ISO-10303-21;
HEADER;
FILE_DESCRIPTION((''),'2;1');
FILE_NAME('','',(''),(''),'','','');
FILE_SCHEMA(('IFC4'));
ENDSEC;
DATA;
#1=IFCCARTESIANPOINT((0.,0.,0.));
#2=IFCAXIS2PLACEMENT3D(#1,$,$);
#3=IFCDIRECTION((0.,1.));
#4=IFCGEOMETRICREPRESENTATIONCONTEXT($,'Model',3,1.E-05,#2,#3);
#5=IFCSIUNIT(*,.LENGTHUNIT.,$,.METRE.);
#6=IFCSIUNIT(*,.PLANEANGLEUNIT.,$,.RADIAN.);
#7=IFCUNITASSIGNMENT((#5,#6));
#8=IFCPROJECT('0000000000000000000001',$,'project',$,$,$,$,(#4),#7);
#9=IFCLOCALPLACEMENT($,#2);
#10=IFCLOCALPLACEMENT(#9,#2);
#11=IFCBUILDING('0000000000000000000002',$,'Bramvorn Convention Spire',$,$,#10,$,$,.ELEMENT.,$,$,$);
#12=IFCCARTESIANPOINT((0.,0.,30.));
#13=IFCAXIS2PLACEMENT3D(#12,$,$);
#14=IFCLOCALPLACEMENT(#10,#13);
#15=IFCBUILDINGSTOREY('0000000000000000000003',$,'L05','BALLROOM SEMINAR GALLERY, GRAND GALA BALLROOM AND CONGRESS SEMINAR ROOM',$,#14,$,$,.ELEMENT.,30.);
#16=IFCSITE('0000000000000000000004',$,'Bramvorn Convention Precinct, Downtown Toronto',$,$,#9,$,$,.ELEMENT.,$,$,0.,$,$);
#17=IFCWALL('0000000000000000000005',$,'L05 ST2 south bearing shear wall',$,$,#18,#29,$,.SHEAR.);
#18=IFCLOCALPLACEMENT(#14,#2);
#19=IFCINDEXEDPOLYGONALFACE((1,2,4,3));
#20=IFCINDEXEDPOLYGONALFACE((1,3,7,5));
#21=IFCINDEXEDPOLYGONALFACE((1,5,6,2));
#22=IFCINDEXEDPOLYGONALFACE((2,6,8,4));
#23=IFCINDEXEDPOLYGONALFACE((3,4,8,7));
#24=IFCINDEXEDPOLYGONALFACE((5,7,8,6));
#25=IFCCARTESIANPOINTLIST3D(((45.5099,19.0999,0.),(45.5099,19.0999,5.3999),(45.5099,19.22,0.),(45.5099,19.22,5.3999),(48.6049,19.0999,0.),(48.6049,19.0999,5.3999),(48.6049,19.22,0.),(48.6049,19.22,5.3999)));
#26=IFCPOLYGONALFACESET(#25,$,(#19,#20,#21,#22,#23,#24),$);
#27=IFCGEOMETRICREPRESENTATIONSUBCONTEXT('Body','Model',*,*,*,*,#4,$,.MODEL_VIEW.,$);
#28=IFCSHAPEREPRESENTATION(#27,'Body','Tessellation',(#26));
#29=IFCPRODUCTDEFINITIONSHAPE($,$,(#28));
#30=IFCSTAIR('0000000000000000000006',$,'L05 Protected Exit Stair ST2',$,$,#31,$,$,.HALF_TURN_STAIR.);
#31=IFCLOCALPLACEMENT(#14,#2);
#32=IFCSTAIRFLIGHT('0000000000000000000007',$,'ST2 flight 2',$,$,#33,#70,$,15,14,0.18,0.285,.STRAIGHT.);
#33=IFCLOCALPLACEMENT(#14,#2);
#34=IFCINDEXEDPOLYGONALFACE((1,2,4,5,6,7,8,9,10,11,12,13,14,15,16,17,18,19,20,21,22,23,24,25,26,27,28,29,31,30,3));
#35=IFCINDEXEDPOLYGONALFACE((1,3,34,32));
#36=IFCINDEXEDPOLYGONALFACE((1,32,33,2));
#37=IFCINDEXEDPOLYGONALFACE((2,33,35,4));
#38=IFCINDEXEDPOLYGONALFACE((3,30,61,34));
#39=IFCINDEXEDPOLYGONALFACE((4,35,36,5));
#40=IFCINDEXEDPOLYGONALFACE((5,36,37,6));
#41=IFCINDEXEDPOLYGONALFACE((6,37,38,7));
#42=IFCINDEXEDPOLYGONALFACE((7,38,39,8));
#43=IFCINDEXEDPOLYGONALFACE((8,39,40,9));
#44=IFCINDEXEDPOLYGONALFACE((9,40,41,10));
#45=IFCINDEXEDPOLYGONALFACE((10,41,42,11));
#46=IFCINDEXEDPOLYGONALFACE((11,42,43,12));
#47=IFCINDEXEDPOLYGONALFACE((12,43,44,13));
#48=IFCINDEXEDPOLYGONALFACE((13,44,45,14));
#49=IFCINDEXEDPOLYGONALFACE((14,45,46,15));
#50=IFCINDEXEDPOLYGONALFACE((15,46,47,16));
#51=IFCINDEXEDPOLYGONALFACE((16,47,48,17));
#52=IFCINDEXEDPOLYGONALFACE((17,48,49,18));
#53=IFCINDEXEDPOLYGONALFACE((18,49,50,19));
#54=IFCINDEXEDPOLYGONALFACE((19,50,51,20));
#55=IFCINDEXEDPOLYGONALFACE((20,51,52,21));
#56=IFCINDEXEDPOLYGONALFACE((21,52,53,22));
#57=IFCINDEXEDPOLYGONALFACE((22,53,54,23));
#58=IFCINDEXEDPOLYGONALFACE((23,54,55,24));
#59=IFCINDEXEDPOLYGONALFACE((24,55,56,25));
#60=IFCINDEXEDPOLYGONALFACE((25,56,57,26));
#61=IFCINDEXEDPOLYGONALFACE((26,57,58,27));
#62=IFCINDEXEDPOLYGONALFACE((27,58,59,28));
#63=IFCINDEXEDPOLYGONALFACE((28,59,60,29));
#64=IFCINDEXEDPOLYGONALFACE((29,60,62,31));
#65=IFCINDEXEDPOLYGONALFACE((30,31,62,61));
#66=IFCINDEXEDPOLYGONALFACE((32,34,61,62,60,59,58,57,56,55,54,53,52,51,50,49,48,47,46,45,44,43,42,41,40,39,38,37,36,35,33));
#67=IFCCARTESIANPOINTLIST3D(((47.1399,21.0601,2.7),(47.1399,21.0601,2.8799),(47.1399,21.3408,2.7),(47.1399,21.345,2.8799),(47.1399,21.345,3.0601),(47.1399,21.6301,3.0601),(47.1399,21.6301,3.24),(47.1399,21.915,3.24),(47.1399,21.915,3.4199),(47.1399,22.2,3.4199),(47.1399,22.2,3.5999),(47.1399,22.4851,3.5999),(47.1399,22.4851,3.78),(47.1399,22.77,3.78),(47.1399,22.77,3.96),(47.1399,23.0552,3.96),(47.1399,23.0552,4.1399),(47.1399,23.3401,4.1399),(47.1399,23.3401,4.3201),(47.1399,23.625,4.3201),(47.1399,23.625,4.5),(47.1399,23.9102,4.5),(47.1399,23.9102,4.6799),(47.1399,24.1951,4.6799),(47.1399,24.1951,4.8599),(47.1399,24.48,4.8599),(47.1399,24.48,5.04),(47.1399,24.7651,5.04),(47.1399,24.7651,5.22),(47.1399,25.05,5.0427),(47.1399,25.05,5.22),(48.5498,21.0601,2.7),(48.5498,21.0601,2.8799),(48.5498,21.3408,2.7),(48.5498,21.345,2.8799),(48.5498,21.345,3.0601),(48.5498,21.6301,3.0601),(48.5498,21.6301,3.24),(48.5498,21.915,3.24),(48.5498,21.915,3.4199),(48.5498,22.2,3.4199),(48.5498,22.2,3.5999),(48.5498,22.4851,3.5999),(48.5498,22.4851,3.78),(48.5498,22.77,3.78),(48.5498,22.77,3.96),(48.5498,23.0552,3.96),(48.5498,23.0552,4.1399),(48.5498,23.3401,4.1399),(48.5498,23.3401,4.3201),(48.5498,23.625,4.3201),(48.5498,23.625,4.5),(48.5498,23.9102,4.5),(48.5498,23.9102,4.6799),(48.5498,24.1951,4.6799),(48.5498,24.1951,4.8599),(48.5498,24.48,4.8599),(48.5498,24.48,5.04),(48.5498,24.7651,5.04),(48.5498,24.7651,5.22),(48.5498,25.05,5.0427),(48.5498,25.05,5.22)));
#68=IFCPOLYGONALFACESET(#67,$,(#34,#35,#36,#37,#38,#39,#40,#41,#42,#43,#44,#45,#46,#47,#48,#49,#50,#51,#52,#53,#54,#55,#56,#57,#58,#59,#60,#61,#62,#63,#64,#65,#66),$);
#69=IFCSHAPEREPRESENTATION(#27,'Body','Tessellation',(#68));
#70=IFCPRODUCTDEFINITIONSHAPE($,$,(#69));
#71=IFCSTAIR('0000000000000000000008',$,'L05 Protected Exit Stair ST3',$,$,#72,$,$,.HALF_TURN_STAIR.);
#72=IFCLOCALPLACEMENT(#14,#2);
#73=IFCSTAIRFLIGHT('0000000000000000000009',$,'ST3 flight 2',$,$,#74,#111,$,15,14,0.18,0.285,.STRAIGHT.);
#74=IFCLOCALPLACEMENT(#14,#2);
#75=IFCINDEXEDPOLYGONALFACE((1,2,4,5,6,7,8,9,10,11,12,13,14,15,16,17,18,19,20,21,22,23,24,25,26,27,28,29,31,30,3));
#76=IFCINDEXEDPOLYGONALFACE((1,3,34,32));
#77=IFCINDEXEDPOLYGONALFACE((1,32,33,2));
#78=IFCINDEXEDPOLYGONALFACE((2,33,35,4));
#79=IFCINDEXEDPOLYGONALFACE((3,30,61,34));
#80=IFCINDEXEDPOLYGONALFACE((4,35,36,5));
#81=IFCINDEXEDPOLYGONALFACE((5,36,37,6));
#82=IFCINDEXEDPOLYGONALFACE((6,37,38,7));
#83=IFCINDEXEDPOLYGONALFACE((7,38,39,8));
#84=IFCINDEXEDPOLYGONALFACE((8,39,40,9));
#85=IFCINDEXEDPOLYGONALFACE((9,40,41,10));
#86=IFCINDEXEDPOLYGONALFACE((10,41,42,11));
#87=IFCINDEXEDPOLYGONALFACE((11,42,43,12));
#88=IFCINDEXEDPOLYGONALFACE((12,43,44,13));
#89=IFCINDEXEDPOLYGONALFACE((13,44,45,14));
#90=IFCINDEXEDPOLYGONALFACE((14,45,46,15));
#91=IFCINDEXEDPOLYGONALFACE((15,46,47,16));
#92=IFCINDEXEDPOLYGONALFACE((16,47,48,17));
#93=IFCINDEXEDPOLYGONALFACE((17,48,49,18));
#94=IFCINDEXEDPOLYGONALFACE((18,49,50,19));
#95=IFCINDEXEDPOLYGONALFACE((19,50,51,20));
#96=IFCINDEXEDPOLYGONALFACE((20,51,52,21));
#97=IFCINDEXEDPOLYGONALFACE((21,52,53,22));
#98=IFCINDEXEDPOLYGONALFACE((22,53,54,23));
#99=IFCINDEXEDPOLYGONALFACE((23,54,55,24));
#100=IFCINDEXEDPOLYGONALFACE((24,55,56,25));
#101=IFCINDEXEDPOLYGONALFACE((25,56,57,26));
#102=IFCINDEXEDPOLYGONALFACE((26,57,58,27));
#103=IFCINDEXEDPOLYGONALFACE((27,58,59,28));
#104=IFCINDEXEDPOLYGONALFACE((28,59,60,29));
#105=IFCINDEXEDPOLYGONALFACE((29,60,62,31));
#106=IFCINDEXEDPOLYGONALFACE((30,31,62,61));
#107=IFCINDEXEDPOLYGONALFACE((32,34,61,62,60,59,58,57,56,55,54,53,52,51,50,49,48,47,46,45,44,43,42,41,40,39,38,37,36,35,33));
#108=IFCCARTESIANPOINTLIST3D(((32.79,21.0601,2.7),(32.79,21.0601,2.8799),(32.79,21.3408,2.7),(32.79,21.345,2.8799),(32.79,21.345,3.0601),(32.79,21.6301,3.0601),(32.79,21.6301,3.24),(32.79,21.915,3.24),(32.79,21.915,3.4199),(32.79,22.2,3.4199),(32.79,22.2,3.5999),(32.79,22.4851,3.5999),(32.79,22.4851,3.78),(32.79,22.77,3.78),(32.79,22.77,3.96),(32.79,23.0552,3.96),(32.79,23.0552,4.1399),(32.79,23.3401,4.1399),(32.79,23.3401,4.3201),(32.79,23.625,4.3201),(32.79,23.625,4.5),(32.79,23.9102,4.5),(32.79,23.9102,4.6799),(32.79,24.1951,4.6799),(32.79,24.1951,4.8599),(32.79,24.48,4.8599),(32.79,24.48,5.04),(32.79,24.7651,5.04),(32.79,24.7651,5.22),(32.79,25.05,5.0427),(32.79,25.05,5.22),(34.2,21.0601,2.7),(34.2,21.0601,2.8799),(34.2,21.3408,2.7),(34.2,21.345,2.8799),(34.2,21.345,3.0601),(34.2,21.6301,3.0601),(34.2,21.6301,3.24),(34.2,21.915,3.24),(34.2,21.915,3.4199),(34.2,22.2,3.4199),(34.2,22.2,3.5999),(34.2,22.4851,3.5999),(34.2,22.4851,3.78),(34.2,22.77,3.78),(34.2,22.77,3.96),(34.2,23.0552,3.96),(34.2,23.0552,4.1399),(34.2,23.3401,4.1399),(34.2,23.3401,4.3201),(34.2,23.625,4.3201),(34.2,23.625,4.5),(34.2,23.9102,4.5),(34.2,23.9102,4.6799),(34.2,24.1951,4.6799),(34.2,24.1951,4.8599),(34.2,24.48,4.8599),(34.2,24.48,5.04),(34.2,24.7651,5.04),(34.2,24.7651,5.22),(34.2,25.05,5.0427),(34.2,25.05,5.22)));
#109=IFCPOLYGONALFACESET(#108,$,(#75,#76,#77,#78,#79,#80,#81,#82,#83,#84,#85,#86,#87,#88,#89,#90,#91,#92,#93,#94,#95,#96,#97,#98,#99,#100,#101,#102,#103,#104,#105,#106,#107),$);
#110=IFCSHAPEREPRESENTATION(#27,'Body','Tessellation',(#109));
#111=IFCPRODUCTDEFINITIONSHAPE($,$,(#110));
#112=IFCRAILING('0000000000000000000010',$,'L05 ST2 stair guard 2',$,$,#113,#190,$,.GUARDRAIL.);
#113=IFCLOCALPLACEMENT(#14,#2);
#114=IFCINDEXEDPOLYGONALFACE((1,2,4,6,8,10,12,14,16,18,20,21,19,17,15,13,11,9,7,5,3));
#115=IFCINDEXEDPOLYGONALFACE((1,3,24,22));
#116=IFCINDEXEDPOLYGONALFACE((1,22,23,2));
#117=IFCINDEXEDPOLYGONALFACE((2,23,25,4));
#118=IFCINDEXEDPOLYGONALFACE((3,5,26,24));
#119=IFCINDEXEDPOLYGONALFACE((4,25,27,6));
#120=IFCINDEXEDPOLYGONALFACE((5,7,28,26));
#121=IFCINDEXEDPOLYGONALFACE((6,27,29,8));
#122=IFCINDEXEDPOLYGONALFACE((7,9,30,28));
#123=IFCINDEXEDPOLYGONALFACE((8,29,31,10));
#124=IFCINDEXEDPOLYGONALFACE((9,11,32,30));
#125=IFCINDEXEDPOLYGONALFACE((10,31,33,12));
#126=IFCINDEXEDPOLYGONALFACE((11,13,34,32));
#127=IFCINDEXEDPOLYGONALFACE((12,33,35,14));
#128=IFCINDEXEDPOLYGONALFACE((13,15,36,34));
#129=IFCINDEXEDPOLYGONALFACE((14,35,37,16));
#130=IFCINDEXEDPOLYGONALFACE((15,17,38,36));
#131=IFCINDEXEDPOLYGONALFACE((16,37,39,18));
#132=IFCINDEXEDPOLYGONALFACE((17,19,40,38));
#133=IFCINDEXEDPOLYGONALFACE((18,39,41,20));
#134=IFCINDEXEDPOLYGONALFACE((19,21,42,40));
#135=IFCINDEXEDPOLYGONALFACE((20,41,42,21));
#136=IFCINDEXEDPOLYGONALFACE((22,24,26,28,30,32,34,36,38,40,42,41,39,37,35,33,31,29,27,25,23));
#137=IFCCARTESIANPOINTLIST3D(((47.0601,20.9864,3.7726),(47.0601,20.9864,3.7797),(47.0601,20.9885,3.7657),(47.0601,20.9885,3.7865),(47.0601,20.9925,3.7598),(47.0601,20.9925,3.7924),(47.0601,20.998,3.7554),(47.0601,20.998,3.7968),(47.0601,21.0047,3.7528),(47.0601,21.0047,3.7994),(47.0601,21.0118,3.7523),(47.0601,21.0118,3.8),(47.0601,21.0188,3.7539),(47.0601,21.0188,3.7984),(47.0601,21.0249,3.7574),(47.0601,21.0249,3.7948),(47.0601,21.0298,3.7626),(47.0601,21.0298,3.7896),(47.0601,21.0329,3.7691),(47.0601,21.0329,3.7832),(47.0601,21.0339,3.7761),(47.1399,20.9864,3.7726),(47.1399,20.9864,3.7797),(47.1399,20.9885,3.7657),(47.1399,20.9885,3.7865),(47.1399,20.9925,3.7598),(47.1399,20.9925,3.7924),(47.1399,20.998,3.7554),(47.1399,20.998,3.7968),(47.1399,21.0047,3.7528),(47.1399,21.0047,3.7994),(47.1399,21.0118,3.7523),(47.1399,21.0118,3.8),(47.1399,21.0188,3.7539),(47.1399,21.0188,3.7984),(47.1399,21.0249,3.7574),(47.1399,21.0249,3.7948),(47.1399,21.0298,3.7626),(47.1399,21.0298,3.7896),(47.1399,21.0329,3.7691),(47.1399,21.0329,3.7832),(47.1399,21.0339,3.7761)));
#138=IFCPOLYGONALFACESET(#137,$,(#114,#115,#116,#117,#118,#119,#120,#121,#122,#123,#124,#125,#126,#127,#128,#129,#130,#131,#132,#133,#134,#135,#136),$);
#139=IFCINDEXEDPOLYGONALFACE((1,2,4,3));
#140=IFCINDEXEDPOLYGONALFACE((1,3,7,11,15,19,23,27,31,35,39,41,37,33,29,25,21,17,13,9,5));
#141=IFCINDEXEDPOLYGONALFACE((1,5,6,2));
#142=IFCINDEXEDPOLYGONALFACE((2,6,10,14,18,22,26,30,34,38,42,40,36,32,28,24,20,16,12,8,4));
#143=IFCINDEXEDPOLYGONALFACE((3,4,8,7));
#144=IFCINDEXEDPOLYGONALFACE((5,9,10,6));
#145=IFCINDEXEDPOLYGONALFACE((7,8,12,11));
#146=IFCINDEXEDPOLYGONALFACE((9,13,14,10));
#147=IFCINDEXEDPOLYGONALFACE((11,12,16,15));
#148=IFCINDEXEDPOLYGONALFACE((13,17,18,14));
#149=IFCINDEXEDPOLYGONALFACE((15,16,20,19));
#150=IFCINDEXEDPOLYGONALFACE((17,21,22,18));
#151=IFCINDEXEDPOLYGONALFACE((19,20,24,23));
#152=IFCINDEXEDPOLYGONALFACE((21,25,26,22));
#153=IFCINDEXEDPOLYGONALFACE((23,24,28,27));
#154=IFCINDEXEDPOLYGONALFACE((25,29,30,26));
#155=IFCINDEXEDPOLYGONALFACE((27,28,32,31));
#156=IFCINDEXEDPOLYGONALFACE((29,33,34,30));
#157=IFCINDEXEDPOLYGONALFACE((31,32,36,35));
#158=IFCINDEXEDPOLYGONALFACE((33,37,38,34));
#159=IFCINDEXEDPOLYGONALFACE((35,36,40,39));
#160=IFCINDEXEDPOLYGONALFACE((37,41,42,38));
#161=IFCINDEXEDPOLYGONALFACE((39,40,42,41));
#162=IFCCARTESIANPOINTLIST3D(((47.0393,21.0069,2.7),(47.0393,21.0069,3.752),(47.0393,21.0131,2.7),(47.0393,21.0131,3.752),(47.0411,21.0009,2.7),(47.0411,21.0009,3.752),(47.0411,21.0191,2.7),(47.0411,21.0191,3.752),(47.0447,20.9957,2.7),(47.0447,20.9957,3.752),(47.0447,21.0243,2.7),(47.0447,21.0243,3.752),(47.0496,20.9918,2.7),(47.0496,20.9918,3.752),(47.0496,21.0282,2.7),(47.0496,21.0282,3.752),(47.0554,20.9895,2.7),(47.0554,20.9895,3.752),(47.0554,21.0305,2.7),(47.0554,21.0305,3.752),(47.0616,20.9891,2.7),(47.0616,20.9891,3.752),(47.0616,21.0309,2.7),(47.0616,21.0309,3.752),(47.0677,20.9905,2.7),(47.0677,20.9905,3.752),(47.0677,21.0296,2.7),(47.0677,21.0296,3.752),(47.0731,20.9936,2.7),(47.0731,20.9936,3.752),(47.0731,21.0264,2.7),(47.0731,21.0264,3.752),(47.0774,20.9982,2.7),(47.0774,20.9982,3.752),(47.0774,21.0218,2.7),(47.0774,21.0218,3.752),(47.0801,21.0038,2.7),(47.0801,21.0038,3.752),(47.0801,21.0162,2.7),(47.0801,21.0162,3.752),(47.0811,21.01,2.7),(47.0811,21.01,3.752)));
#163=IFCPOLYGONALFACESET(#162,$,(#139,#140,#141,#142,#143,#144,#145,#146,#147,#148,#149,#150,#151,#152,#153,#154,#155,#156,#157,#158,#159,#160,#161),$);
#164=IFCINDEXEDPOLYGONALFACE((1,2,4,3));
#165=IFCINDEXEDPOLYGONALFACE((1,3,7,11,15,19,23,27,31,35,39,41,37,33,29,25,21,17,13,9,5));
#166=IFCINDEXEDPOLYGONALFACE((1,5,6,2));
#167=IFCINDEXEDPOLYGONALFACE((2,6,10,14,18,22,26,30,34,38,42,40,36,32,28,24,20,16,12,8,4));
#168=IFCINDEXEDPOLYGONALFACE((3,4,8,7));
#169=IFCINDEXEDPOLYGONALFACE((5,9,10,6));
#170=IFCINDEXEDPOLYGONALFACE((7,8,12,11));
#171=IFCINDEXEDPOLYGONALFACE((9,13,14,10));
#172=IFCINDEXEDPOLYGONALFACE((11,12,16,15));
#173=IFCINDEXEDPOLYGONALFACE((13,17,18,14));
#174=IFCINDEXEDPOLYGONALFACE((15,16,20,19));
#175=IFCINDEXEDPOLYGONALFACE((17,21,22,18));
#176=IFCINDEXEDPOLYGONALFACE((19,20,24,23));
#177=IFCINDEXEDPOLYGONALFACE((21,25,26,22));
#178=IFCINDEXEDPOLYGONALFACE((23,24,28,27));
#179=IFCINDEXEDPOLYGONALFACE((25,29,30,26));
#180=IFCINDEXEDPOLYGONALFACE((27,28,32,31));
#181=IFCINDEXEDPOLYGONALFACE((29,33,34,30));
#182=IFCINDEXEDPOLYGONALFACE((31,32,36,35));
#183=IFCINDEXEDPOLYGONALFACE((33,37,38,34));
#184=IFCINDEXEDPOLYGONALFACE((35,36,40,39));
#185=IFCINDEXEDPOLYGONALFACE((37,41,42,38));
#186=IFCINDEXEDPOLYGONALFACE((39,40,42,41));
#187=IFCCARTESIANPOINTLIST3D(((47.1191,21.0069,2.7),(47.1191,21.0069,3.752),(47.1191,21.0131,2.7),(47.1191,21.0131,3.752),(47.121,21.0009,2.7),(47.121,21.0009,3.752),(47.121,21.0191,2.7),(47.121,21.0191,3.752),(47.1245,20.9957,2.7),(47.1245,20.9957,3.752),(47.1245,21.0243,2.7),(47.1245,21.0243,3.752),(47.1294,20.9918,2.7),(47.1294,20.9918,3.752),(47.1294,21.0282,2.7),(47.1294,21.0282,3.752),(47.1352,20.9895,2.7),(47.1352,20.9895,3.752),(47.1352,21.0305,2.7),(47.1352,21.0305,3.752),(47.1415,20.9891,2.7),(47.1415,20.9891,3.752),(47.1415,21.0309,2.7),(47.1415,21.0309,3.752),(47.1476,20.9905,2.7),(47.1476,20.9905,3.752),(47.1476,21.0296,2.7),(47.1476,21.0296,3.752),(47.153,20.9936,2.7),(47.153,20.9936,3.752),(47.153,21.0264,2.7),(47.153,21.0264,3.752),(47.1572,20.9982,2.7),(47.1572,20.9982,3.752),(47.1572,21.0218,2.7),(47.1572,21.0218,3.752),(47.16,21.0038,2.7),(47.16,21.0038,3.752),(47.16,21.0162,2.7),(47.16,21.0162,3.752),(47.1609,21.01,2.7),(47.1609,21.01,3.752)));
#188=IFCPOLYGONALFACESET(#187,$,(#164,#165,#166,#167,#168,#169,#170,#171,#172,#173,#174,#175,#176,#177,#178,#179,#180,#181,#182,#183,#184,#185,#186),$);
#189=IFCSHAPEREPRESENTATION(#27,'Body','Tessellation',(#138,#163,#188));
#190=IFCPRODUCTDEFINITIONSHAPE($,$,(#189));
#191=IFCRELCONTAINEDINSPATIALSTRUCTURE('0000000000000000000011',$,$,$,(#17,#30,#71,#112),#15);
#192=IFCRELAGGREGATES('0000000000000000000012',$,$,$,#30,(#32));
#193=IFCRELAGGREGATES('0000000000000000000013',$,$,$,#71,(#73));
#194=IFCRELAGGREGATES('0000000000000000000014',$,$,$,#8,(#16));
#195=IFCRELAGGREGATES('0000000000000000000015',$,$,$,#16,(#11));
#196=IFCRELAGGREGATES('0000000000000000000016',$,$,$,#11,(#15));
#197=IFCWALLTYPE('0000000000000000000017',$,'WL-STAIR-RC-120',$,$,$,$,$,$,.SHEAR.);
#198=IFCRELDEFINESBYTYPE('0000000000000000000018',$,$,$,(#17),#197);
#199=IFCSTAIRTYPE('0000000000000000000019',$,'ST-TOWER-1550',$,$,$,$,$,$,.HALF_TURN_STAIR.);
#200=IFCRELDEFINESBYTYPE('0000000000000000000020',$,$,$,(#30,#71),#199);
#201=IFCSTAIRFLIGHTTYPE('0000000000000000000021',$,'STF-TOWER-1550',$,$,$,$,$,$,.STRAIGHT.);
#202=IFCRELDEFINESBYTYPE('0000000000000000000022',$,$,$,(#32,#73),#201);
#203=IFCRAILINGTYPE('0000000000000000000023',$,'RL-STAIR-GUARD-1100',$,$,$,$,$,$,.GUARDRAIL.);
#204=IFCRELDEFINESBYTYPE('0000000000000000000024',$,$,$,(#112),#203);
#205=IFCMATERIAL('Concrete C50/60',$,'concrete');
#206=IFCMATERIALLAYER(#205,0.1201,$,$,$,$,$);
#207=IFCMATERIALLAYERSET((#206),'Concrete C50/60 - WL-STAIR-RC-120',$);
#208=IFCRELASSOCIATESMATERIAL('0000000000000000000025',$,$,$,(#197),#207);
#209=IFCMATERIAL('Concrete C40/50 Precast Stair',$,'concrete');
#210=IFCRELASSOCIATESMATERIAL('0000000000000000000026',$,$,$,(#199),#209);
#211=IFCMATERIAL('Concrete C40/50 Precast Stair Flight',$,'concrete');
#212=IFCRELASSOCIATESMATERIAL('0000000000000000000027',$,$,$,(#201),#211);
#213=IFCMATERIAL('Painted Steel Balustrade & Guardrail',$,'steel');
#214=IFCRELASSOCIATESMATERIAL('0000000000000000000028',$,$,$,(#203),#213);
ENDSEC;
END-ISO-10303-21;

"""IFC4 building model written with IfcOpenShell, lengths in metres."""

from ifc_helpers import new_model, si_unit, direction, frame, frame_2d, origin, origin_2d, place, context, subcontext, project, spatial, polyline, rectangle, circle, outline, extrude, material, layer, layer_set, type_object, element, aggregate, save


model = new_model("IFC4")

# Units and contexts
model_context = context("Model", 3, precision=1e-05, world=origin(), true_north=direction((0.0, 1.0)))
body_context = subcontext(model_context, "Body", "Model", "MODEL_VIEW")
ifc_project = project(units=[si_unit("LENGTHUNIT", "METRE"), si_unit("PLANEANGLEUNIT", "RADIAN")], contexts=[model_context])

# Site, building, storey
site_placement = place(None, origin())
site = spatial("IfcSite", under=ifc_project, at=site_placement, Name="Bramvorn Convention Precinct, Downtown Toronto", CompositionType="ELEMENT", RefElevation=0.0)
building_placement = place(site_placement, origin())
building = spatial("IfcBuilding", under=site, at=building_placement, Name="Bramvorn Convention Spire", CompositionType="ELEMENT")
storey_placement = place(building_placement, frame((0.0, 0.0, 30.0)))
storey = spatial("IfcBuildingStorey", under=building, at=storey_placement, Name="L05", Description="BALLROOM SEMINAR GALLERY, GRAND GALA BALLROOM AND CONGRESS SEMINAR ROOM", CompositionType="ELEMENT", Elevation=30.0)

# Shared definitions
ifc_material_1 = material(Name="Concrete C50/60", Category="concrete")

# Wall
ifc_layer_1 = layer(ifc_material_1, 0.1201)
ifc_layer_set_1 = layer_set([ifc_layer_1], Name="Concrete C50/60 - WL-STAIR-RC-120")
wall_type_1 = type_object("IfcWallType", Name="WL-STAIR-RC-120", PredefinedType="SHEAR", material=ifc_layer_set_1)
wall_1_placement = place(storey_placement, frame((45.51, 19.1599, 0.0), z_axis=(0.0, 0.0, 1.0), x_axis=(1.0, 0.0, 0.0)))
element("IfcWall", 1, at=wall_1_placement, inside=storey, type_object=wall_type_1, Name="L05 ST2 south bearing shear wall", PredefinedType="SHEAR", context=body_context, shape_type="SweptSolid", body=[
    extrude(rectangle(XDim=3.095, YDim=0.1201, at=frame_2d((1.5474, 0.0))), origin(), (0.0, 0.0, 1.0), 5.3999),
])

# Stairs, stair flights
ifc_material_2 = material(Name="Concrete C40/50 Precast Stair", Category="concrete")
stair_type = type_object("IfcStairType", Name="ST-TOWER-1550", PredefinedType="HALF_TURN_STAIR", material=ifc_material_2)
stair_1_placement = place(storey_placement, origin())
stair_1 = element("IfcStair", 2, at=stair_1_placement, inside=storey, type_object=stair_type, Name="L05 Protected Exit Stair ST2", PredefinedType="HALF_TURN_STAIR")
ifc_material_3 = material(Name="Concrete C40/50 Precast Stair Flight", Category="concrete")
stair_flight_type = type_object("IfcStairFlightType", Name="STF-TOWER-1550", PredefinedType="STRAIGHT", material=ifc_material_3)
stair_flight_1_placement = place(storey_placement, frame((47.845, 21.0601, 2.7), z_axis=(0.0, 0.0, 1.0), x_axis=(0.0, 1.0, 0.0)))
stair_flight_1 = element("IfcStairFlight", 3, at=stair_flight_1_placement, type_object=stair_flight_type, Name="ST2 flight 2", NumberOfRisers=15, NumberOfTreads=14, PredefinedType="STRAIGHT", RiserHeight=0.18, TreadLength=0.285, context=body_context, shape_type="SweptSolid", body=[
    extrude(outline(polyline([(0.0, 0.0), (0.0, 0.1799), (0.2849, 0.1799), (0.2849, 0.3601), (0.5701, 0.3601), (0.5701, 0.54), (0.855, 0.54), (0.855, 0.72), (1.1399, 0.72), (1.1399, 0.8999), (1.425, 0.8999), (1.425, 1.0801), (1.71, 1.0801), (1.71, 1.26), (1.9951, 1.26), (1.9951, 1.4399), (2.28, 1.4399), (2.28, 1.6201), (2.5649, 1.6201), (2.5649, 1.8), (2.8501, 1.8), (2.8501, 1.98), (3.135, 1.98), (3.135, 2.1599), (3.4199, 2.1599), (3.4199, 2.3401), (3.7051, 2.3401), (3.7051, 2.52), (3.99, 2.52), (3.99, 2.7), (3.99, 2.3428), (0.2808, 0.0), (0.0, 0.0)])), frame((0.0, 0.7051, 0.0), z_axis=(0.0, -1.0, 0.0), x_axis=(1.0, 0.0, 0.0)), (0.0, 0.0, 1.0), 1.4099),
])
aggregate(stair_1, [stair_flight_1])
stair_2_placement = place(storey_placement, origin())
stair_2 = element("IfcStair", 4, at=stair_2_placement, inside=storey, type_object=stair_type, Name="L05 Protected Exit Stair ST3", PredefinedType="HALF_TURN_STAIR")
stair_flight_2_placement = place(storey_placement, frame((33.4951, 21.0601, 2.7), z_axis=(0.0, 0.0, 1.0), x_axis=(0.0, 1.0, 0.0)))
stair_flight_2 = element("IfcStairFlight", 5, at=stair_flight_2_placement, type_object=stair_flight_type, Name="ST3 flight 2", NumberOfRisers=15, NumberOfTreads=14, PredefinedType="STRAIGHT", RiserHeight=0.18, TreadLength=0.285, context=body_context, shape_type="SweptSolid", body=[
    extrude(outline(polyline([(0.0, 0.0), (0.0, 0.1799), (0.2849, 0.1799), (0.2849, 0.3601), (0.5701, 0.3601), (0.5701, 0.54), (0.855, 0.54), (0.855, 0.72), (1.1399, 0.72), (1.1399, 0.8999), (1.425, 0.8999), (1.425, 1.0801), (1.71, 1.0801), (1.71, 1.26), (1.9951, 1.26), (1.9951, 1.4399), (2.28, 1.4399), (2.28, 1.6201), (2.5649, 1.6201), (2.5649, 1.8), (2.8501, 1.8), (2.8501, 1.98), (3.135, 1.98), (3.135, 2.1599), (3.4199, 2.1599), (3.4199, 2.3401), (3.7051, 2.3401), (3.7051, 2.52), (3.99, 2.52), (3.99, 2.7), (3.99, 2.3428), (0.2808, 0.0), (0.0, 0.0)])), frame((0.0, 0.7051, 0.0), z_axis=(0.0, -1.0, 0.0), x_axis=(1.0, 0.0, 0.0)), (0.0, 0.0, 1.0), 1.4099),
])
aggregate(stair_2, [stair_flight_2])

# Railing
ifc_material_4 = material(Name="Painted Steel Balustrade & Guardrail", Category="steel")
railing_type_1 = type_object("IfcRailingType", Name="RL-STAIR-GUARD-1100", PredefinedType="GUARDRAIL", material=ifc_material_4)
railing_1_placement = place(storey_placement, frame((47.0601, 21.01, 2.7)))
element("IfcRailing", 6, at=railing_1_placement, inside=storey, type_object=railing_type_1, Name="L05 ST2 stair guard 2", PredefinedType="GUARDRAIL", context=body_context, shape_type="SweptSolid", body=[
    extrude(circle(Radius=0.0239, at=origin_2d()), frame((0.0, 0.0, 1.0762), z_axis=(1.0, 0.0, 0.0), x_axis=(0.0, 1.0, 0.0)), (0.0, 0.0, 1.0), 0.0798),
    extrude(circle(Radius=0.021, at=origin_2d()), origin(), (0.0, 0.0, 1.0), 1.052),
    extrude(circle(Radius=0.021, at=origin_2d()), frame((0.0798, 0.0, 0.0)), (0.0, 0.0, 1.0), 1.052),
])

save(model, "model.ifc")
